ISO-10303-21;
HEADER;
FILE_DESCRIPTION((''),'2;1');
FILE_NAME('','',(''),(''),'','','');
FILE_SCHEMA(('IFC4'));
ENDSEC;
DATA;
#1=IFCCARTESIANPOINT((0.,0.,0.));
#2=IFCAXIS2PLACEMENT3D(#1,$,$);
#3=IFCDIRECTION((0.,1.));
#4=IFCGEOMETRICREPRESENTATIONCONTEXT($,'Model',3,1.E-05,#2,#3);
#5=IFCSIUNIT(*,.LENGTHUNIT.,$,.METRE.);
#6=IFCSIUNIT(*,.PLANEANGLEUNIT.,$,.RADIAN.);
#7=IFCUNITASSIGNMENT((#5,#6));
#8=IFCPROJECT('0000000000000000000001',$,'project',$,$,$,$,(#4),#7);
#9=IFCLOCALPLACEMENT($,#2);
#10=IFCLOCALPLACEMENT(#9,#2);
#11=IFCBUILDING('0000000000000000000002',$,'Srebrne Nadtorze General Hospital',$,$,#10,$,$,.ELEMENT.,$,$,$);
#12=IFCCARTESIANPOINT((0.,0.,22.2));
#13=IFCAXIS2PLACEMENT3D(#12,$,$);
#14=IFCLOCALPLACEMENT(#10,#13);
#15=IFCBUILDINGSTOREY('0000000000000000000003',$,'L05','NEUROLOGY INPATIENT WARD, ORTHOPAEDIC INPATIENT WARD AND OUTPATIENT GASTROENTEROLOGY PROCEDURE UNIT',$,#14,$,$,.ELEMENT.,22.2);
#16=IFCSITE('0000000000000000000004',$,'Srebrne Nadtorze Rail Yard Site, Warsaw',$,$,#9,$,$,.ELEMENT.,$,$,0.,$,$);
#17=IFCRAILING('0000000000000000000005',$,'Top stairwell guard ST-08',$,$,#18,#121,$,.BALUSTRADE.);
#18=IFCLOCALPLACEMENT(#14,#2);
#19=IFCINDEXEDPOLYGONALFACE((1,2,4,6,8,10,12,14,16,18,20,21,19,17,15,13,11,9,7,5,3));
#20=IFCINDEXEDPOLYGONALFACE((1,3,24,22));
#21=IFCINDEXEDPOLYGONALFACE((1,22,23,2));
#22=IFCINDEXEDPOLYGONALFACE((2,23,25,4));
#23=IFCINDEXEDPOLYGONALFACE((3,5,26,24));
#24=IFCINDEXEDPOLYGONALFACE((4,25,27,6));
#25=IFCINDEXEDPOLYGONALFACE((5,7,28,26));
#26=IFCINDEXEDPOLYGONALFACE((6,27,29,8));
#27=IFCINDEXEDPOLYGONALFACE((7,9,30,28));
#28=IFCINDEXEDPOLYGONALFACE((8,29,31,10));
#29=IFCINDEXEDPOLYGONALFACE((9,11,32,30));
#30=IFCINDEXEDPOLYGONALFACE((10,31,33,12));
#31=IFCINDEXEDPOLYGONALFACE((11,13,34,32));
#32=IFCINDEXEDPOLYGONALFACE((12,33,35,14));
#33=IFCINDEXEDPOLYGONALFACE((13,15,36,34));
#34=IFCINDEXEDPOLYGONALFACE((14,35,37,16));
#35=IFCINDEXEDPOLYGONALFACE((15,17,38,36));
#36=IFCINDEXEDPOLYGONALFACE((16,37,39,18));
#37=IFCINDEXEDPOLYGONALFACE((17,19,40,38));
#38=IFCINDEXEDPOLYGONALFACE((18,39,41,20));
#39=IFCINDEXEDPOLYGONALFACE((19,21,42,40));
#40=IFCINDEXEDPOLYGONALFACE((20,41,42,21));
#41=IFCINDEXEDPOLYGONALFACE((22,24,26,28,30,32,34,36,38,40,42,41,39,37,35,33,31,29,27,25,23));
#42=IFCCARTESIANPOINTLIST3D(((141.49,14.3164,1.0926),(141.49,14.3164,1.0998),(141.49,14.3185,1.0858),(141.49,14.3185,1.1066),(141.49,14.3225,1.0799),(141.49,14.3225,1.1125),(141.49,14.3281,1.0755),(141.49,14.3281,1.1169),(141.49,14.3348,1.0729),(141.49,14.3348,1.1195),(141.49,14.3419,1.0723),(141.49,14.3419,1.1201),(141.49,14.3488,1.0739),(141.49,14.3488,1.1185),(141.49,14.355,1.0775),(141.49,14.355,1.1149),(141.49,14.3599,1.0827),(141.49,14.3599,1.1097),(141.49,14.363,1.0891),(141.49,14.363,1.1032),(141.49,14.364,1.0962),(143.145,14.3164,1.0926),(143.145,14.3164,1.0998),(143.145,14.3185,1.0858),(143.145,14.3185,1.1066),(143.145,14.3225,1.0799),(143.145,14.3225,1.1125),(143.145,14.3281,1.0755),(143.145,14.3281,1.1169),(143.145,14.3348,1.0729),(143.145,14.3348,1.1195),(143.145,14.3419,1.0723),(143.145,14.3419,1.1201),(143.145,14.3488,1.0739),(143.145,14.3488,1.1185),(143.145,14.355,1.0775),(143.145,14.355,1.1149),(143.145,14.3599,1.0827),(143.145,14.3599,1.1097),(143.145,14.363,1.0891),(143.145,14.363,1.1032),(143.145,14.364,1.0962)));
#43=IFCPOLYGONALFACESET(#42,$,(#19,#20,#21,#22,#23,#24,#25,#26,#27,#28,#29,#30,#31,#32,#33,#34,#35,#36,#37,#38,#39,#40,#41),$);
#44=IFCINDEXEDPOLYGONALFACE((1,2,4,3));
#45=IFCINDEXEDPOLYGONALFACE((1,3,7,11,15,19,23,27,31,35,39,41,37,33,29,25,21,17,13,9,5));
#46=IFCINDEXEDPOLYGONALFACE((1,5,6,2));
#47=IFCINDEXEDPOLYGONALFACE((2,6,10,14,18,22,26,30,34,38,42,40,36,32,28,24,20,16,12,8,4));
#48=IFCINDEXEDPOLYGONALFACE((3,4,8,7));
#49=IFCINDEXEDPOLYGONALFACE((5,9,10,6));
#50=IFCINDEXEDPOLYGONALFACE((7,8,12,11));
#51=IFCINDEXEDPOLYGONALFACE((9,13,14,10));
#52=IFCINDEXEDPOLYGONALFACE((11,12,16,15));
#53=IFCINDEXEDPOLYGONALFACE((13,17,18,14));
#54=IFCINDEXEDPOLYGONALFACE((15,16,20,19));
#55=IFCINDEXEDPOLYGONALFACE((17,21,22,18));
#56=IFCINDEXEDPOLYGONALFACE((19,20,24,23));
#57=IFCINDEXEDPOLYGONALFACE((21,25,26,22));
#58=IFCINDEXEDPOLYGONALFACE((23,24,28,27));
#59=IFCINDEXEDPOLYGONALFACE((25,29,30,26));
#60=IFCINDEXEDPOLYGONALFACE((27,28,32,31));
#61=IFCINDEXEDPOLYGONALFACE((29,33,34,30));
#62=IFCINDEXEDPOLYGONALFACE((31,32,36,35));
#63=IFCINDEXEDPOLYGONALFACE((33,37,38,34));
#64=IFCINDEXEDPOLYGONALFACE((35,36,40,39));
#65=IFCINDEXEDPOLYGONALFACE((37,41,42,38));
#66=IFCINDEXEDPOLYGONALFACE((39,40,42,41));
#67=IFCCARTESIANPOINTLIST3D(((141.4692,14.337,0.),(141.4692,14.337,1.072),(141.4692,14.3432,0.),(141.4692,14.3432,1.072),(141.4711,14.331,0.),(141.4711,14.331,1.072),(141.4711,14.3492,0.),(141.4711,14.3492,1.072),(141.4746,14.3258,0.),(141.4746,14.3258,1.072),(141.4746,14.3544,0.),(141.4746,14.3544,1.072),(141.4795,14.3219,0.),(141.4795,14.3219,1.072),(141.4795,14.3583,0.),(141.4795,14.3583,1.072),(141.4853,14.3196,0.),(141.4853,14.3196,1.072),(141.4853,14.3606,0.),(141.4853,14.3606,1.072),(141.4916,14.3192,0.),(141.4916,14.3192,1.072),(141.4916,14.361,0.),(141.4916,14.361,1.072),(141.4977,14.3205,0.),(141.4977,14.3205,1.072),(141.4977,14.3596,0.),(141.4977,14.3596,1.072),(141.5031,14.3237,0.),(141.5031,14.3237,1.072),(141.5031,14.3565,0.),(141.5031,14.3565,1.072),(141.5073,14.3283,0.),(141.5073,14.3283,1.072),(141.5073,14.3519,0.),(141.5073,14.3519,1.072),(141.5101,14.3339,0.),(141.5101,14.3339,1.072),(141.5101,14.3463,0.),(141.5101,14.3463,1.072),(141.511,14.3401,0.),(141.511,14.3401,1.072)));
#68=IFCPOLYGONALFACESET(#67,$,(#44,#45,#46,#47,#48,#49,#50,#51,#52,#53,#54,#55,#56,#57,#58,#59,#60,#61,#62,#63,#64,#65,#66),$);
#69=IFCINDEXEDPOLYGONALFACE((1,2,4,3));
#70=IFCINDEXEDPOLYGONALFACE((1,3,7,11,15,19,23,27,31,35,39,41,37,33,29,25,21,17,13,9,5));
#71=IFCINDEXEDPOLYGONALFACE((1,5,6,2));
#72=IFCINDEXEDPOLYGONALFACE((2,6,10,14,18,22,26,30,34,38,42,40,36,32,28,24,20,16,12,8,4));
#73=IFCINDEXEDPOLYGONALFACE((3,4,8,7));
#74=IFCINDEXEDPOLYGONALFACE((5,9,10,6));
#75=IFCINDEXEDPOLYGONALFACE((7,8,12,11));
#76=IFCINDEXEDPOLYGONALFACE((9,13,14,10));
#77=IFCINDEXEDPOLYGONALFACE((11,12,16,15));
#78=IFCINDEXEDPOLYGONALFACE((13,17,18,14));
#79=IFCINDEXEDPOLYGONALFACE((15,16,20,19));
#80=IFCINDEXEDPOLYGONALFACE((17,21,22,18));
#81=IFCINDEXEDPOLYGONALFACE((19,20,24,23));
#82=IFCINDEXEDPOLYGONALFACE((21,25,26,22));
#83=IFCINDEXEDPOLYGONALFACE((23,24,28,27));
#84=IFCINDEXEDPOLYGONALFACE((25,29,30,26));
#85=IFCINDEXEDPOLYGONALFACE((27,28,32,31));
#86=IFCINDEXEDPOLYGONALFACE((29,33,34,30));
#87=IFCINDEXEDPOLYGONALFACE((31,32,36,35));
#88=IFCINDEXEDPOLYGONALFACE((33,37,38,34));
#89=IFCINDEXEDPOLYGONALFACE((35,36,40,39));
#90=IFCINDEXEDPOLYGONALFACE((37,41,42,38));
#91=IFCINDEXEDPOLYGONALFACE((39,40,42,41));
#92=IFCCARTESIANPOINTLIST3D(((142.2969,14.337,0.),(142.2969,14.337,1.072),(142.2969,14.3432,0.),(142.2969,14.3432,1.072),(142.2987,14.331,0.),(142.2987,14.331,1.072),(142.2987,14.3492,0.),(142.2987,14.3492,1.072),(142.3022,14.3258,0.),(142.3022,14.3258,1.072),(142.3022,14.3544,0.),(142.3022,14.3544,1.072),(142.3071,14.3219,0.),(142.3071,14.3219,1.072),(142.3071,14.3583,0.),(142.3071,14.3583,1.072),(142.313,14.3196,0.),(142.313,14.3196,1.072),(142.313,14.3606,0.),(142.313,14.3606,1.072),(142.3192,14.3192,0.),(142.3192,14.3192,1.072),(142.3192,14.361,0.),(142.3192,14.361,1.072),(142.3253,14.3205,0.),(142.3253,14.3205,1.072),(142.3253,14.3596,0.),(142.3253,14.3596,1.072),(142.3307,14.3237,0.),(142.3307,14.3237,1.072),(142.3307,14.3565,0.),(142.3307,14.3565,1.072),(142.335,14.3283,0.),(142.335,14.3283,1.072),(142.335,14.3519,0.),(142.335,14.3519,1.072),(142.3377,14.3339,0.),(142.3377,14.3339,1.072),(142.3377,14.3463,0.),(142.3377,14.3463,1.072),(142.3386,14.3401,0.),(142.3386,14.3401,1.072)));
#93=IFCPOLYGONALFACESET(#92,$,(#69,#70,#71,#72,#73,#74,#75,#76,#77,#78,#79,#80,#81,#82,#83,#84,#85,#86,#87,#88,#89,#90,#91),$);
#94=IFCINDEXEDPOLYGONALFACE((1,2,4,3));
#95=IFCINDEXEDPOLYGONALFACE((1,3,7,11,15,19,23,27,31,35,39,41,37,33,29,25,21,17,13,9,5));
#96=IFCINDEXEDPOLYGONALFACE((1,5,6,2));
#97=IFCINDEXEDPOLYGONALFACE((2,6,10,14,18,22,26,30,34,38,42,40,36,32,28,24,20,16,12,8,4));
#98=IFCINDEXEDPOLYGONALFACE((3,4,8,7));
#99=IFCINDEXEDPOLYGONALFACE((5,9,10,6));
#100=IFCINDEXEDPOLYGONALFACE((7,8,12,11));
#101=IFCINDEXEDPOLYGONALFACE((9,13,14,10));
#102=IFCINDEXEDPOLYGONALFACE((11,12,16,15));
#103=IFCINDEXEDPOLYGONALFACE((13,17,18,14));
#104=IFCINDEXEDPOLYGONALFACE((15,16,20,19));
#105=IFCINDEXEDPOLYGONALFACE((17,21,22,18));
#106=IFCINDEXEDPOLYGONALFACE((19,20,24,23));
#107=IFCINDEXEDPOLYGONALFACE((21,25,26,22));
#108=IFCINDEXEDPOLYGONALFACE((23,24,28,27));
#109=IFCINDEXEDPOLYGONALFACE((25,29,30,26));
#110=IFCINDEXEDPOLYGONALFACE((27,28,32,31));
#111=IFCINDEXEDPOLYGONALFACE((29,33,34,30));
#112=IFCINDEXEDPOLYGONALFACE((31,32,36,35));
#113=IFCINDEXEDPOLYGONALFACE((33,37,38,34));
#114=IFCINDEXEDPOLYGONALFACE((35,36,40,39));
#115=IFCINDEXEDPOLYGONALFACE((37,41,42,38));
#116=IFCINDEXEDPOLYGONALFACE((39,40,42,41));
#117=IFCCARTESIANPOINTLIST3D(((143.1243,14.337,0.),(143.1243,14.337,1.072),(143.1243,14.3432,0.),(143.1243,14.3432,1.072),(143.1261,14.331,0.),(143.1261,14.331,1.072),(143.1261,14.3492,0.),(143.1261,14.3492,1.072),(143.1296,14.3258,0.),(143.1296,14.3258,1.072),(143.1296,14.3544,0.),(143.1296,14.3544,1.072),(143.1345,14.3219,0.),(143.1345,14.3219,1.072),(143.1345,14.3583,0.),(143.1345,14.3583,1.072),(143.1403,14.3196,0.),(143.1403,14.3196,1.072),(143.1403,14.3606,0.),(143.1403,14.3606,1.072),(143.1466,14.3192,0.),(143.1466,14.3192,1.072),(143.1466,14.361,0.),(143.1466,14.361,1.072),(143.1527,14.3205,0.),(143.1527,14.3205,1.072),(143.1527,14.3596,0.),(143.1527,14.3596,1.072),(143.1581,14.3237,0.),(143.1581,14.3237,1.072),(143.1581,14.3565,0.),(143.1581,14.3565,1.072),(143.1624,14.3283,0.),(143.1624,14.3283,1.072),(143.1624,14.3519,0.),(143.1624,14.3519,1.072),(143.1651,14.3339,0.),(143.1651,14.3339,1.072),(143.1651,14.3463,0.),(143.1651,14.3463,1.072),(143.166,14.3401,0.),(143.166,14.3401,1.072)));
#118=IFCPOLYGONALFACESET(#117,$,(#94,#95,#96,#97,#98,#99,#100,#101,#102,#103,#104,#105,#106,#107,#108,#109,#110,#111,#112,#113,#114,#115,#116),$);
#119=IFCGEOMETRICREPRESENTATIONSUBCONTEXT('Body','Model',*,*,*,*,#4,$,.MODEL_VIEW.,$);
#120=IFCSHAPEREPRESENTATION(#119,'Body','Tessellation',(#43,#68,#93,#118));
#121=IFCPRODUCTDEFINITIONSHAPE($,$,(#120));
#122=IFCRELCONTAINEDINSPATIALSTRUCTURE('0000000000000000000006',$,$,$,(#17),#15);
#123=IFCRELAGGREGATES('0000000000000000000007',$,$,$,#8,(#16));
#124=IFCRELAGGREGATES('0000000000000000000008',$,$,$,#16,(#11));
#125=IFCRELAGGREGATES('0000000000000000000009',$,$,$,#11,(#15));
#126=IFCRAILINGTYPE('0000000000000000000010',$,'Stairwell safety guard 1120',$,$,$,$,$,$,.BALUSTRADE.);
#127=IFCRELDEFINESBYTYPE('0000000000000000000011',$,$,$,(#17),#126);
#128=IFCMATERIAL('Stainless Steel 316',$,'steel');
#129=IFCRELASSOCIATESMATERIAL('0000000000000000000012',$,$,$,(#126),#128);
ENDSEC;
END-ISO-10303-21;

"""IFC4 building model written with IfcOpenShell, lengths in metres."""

from ifc_helpers import new_model, si_unit, direction, frame, origin, origin_2d, place, context, subcontext, project, spatial, circle, extrude, material, type_object, element, save


model = new_model("IFC4")

# Units and contexts
model_context = context("Model", 3, precision=1e-05, world=origin(), true_north=direction((0.0, 1.0)))
body_context = subcontext(model_context, "Body", "Model", "MODEL_VIEW")
ifc_project = project(units=[si_unit("LENGTHUNIT", "METRE"), si_unit("PLANEANGLEUNIT", "RADIAN")], contexts=[model_context])

# Site, building, storey
site_placement = place(None, origin())
site = spatial("IfcSite", under=ifc_project, at=site_placement, Name="Srebrne Nadtorze Rail Yard Site, Warsaw", CompositionType="ELEMENT", RefElevation=0.0)
building_placement = place(site_placement, origin())
building = spatial("IfcBuilding", under=site, at=building_placement, Name="Srebrne Nadtorze General Hospital", CompositionType="ELEMENT")
storey_placement = place(building_placement, frame((0.0, 0.0, 22.2)))
storey = spatial("IfcBuildingStorey", under=building, at=storey_placement, Name="L05", Description="NEUROLOGY INPATIENT WARD, ORTHOPAEDIC INPATIENT WARD AND OUTPATIENT GASTROENTEROLOGY PROCEDURE UNIT", CompositionType="ELEMENT", Elevation=22.2)

# Railing
ifc_material_1 = material(Name="Stainless Steel 316", Category="steel")
railing_type = type_object("IfcRailingType", Name="Stairwell safety guard 1120", PredefinedType="BALUSTRADE", material=ifc_material_1)
railing_placement = place(storey_placement, frame((141.49, 14.3401, 0.0)))
element("IfcRailing", 1, at=railing_placement, inside=storey, type_object=railing_type, Name="Top stairwell guard ST-08", PredefinedType="BALUSTRADE", context=body_context, shape_type="SweptSolid", body=[
    extrude(circle(Radius=0.0239, at=origin_2d()), frame((0.0, 0.0, 1.0962), z_axis=(1.0, 0.0, 0.0), x_axis=(0.0, 1.0, 0.0)), (0.0, 0.0, 1.0), 1.655),
    extrude(circle(Radius=0.021, at=origin_2d()), origin(), (0.0, 0.0, 1.0), 1.072),
    extrude(circle(Radius=0.021, at=origin_2d()), frame((0.8276, 0.0, 0.0)), (0.0, 0.0, 1.0), 1.072),
    extrude(circle(Radius=0.021, at=origin_2d()), frame((1.655, 0.0, 0.0)), (0.0, 0.0, 1.0), 1.072),
])

save(model, "model.ifc")
